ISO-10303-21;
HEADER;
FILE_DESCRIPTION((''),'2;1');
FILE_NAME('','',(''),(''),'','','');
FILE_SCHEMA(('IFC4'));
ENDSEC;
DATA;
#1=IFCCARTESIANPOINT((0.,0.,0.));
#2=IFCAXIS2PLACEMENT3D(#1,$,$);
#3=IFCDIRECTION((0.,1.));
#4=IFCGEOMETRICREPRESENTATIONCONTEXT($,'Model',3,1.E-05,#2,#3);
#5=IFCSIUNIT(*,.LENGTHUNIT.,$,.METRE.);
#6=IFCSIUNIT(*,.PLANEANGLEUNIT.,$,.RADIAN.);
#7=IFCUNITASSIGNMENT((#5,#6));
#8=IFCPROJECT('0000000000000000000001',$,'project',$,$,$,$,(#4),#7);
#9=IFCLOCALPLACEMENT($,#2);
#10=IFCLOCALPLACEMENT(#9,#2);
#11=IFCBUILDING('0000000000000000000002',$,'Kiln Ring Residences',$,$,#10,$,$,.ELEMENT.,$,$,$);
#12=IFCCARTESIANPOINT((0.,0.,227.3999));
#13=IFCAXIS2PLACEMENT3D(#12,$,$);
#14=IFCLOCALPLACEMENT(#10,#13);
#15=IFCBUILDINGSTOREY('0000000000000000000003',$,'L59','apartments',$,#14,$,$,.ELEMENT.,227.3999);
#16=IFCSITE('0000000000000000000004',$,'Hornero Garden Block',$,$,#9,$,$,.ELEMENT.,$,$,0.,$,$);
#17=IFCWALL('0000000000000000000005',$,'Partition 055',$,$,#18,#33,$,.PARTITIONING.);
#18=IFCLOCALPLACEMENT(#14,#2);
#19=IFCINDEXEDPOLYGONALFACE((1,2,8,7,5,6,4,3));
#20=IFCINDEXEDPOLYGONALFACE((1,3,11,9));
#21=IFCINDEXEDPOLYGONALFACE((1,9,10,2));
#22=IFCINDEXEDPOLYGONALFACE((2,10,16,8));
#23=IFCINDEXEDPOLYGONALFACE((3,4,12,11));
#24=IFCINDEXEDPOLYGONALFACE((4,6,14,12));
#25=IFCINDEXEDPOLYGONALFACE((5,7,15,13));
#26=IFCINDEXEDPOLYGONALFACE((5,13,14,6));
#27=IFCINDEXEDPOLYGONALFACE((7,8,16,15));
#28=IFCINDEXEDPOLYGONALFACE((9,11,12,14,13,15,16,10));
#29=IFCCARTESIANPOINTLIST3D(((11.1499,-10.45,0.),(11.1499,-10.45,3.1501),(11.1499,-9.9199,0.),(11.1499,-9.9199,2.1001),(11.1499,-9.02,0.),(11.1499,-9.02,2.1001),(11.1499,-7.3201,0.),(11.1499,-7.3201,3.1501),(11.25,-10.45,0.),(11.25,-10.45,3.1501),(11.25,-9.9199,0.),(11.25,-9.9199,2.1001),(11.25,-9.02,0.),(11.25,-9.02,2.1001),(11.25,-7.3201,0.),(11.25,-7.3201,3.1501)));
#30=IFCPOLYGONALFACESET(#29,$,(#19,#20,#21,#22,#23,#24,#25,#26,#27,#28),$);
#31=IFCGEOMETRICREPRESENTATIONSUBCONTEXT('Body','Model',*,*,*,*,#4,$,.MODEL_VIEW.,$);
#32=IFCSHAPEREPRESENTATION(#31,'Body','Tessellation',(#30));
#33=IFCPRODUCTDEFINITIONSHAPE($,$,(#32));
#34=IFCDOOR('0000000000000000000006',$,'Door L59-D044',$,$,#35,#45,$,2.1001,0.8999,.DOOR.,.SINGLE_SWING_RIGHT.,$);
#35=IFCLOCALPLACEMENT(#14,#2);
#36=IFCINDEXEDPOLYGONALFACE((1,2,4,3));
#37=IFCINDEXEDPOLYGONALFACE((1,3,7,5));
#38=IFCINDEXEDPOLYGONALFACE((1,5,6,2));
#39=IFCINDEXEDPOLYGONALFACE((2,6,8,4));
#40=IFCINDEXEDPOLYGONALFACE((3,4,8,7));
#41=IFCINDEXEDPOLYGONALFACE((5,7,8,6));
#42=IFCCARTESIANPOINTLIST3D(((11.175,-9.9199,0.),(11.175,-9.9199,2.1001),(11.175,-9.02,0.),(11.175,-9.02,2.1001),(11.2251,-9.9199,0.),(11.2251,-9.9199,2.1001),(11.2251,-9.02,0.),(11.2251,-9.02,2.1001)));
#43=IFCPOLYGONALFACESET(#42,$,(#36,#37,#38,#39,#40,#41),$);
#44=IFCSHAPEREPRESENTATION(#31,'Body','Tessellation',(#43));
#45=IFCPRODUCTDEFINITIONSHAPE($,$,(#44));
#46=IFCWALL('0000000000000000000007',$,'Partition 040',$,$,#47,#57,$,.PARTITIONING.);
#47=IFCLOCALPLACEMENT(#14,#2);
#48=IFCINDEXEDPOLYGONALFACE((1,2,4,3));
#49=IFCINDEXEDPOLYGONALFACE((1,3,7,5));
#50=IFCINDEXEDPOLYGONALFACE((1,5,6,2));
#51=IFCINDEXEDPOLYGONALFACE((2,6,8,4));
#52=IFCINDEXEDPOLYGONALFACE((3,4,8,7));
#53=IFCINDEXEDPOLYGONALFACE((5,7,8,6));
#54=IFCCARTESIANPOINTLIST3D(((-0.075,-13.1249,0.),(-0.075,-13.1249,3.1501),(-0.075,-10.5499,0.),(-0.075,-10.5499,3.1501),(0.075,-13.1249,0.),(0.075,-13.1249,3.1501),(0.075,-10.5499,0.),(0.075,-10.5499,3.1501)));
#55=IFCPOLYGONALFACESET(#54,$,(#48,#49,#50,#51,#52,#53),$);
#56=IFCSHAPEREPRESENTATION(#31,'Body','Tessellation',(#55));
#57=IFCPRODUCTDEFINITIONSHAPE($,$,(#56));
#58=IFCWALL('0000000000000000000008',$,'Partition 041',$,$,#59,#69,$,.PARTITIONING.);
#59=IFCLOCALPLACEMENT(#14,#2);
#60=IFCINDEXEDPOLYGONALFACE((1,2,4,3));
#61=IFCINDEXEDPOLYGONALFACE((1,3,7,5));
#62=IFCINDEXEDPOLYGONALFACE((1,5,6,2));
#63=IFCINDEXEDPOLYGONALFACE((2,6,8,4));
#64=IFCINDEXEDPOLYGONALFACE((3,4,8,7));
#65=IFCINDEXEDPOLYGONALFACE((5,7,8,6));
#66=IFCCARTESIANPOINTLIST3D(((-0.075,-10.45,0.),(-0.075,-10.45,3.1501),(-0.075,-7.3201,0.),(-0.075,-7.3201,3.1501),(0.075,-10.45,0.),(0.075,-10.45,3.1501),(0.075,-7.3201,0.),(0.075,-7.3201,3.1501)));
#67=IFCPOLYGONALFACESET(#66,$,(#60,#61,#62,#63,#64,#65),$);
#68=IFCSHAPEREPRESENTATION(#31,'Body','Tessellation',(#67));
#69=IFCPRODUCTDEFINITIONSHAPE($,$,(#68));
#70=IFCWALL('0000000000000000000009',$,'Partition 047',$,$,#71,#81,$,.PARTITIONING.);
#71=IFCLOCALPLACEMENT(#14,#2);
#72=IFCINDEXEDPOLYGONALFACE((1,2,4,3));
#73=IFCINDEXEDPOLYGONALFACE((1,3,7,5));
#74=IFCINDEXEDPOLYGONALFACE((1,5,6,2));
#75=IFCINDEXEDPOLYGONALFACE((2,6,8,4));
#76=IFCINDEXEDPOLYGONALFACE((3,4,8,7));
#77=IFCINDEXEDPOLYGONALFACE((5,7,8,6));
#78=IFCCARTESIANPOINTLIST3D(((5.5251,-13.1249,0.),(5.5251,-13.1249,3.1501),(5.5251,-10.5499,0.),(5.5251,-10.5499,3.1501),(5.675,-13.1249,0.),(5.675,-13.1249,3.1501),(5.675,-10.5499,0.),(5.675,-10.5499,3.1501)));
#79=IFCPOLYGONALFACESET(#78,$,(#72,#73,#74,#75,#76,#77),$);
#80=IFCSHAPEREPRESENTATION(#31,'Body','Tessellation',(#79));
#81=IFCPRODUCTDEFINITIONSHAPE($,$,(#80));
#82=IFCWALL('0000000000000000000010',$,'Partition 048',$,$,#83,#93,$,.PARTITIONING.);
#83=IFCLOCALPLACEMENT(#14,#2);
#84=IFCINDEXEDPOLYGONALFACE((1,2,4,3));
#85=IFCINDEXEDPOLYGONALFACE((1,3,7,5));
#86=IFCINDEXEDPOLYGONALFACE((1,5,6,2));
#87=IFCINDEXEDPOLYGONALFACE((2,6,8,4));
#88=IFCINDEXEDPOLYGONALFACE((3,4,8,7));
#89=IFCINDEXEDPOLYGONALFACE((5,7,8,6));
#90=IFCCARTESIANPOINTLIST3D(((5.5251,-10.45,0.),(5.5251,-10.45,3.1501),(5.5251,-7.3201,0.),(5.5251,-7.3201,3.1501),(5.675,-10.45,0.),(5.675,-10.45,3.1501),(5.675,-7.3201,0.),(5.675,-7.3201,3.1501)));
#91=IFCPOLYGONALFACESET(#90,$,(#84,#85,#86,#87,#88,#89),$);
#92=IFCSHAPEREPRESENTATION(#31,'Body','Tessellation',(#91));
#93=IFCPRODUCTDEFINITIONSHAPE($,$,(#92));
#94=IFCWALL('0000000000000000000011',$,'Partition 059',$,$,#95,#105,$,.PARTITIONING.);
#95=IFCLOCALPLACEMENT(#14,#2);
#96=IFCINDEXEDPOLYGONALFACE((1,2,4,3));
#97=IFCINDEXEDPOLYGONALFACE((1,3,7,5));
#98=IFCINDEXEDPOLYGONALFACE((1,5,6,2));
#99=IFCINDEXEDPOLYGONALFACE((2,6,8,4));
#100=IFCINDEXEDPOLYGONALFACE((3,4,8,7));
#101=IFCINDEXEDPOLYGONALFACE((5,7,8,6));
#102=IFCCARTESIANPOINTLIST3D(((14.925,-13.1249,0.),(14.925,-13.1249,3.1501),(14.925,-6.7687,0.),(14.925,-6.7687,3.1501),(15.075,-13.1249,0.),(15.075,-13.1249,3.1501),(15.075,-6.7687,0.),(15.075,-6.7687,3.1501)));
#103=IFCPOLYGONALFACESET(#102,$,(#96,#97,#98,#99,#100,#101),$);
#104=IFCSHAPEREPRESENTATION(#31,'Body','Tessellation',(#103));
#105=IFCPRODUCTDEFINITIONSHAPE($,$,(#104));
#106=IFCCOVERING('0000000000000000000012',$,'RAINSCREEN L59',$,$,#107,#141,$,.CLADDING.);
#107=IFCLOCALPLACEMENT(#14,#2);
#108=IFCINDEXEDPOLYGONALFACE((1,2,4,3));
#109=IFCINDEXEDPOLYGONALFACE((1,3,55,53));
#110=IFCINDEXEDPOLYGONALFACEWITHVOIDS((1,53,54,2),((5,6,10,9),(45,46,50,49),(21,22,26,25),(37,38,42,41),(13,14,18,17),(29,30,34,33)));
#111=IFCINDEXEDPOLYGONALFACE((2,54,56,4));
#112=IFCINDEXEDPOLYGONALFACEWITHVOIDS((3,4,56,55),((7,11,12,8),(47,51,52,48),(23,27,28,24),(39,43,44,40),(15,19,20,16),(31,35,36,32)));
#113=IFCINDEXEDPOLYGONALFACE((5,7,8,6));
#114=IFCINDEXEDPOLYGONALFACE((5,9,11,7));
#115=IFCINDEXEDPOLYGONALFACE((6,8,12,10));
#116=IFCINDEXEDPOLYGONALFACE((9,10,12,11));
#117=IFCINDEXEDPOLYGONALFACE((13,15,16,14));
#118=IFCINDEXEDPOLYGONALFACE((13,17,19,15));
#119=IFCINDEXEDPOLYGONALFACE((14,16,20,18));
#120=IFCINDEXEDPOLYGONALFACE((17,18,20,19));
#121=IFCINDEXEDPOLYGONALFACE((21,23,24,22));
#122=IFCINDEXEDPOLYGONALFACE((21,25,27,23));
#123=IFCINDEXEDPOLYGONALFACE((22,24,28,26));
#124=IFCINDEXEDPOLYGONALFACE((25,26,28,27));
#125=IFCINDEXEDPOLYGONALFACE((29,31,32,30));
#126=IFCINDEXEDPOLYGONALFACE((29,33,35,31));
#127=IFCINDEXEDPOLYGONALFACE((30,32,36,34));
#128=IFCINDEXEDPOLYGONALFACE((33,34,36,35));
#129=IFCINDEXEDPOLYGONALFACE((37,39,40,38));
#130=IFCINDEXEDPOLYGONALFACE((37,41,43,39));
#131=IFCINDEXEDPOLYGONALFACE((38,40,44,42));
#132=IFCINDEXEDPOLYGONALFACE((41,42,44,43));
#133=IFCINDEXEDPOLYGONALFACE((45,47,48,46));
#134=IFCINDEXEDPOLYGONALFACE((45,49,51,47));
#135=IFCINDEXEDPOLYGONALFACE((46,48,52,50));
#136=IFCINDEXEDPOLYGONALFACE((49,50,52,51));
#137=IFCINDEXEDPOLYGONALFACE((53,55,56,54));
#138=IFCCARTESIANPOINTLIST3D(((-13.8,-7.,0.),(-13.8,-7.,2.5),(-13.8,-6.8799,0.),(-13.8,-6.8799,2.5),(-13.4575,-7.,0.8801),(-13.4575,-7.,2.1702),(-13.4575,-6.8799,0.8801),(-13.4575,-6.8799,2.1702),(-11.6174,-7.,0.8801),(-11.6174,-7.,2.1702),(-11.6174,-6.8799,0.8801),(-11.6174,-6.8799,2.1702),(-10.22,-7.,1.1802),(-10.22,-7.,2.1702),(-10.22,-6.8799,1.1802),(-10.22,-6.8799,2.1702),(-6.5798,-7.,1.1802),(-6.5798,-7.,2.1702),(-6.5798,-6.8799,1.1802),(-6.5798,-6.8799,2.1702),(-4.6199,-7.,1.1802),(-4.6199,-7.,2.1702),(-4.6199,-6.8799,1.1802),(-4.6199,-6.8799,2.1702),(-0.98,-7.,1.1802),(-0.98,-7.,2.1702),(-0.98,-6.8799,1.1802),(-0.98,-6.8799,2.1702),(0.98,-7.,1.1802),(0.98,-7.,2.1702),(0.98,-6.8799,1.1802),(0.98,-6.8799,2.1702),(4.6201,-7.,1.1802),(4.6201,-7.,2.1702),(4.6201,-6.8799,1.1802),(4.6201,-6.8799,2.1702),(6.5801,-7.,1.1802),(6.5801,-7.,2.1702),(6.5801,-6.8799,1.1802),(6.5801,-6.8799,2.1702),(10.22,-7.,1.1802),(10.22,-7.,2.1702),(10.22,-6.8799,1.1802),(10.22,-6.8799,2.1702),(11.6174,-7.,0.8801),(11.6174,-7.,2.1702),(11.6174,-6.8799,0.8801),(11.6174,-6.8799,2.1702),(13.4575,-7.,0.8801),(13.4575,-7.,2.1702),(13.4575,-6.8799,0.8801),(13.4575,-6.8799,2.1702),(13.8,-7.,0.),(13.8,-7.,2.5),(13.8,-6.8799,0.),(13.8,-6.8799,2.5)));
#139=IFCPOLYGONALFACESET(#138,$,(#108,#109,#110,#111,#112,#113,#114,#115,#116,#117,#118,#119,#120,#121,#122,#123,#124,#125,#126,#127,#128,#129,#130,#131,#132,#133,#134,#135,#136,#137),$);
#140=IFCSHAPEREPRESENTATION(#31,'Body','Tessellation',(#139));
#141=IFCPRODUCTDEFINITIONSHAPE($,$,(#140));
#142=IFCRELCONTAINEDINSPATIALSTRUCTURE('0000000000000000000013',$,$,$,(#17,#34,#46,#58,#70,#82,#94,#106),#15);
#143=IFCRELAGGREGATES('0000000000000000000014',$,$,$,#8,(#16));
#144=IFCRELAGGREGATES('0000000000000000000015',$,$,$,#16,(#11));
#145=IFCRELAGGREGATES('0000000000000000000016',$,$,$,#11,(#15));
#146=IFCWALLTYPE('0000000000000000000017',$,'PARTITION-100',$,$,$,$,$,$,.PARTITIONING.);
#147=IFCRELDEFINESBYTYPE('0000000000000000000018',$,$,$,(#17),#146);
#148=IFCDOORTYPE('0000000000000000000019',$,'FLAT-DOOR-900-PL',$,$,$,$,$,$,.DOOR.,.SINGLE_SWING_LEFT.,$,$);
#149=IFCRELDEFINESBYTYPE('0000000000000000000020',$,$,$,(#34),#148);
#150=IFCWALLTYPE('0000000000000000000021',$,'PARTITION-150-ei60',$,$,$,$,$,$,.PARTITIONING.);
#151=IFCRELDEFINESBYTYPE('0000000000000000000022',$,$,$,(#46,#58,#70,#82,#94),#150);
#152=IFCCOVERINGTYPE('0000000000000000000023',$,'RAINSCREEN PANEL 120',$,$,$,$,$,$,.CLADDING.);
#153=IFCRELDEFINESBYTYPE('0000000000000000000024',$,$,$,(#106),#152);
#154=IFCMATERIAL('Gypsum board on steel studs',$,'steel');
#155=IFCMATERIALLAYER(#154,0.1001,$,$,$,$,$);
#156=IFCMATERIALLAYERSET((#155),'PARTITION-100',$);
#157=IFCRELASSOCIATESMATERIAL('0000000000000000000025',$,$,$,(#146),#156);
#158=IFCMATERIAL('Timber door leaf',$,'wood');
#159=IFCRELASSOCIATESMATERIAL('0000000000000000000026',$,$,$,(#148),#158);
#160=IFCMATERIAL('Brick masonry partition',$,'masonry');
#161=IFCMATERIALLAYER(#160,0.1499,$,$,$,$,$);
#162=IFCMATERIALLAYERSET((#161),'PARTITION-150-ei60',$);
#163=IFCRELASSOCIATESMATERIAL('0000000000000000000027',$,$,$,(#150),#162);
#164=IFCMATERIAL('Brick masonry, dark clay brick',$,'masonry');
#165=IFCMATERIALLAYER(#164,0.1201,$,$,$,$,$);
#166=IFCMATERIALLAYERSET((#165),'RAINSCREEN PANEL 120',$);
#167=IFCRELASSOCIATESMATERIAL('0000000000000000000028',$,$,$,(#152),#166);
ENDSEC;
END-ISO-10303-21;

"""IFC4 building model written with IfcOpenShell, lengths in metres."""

from ifc_helpers import new_model, si_unit, direction, frame, frame_2d, origin, place, context, subcontext, project, spatial, polyline, rectangle, outline, extrude, material, layer, layer_set, type_object, element, fill, save


model = new_model("IFC4")

# Units and contexts
model_context = context("Model", 3, precision=1e-05, world=origin(), true_north=direction((0.0, 1.0)))
body_context = subcontext(model_context, "Body", "Model", "MODEL_VIEW")
ifc_project = project(units=[si_unit("LENGTHUNIT", "METRE"), si_unit("PLANEANGLEUNIT", "RADIAN")], contexts=[model_context])

# Site, building, storey
site_placement = place(None, origin())
site = spatial("IfcSite", under=ifc_project, at=site_placement, Name="Hornero Garden Block", CompositionType="ELEMENT", RefElevation=0.0)
building_placement = place(site_placement, origin())
building = spatial("IfcBuilding", under=site, at=building_placement, Name="Kiln Ring Residences", CompositionType="ELEMENT")
storey_placement = place(building_placement, frame((0.0, 0.0, 227.3999)))
storey = spatial("IfcBuildingStorey", under=building, at=storey_placement, Name="L59", Description="apartments", CompositionType="ELEMENT", Elevation=227.3999)

# Shared definitions
ifc_material_1 = material(Name="Gypsum board on steel studs", Category="steel")
ifc_layer_1 = layer(ifc_material_1, 0.1001)
ifc_layer_set_1 = layer_set([ifc_layer_1], Name="PARTITION-100")
wall_type_1 = type_object("IfcWallType", Name="PARTITION-100", PredefinedType="PARTITIONING", material=ifc_layer_set_1)

# Wall, opening, door
wall_1_placement = place(storey_placement, frame((11.2, -10.45, 0.0), z_axis=(0.0, 0.0, 1.0), x_axis=(0.0, 1.0, 0.0)))
wall_1 = element("IfcWall", 1, at=wall_1_placement, inside=storey, type_object=wall_type_1, Name="Partition 055", PredefinedType="PARTITIONING", context=body_context, shape_type="SweptSolid", body=[
    extrude(rectangle(XDim=3.1299, YDim=0.1001, at=frame_2d((1.5649, 0.0))), origin(), (0.0, 0.0, 1.0), 3.1501),
])
opening_1_placement = place(wall_1_placement, frame((0.53, 0.0, 0.0)))
opening_1 = element("IfcOpeningElement", 2, at=opening_1_placement, cuts=wall_1, PredefinedType="OPENING", context=body_context, shape_type="SweptSolid", body=[
    extrude(rectangle(XDim=0.8999, YDim=2.1001, at=frame_2d((0.45, 1.05))), frame((0.0, 0.0601, 0.0), z_axis=(0.0, -1.0, 0.0), x_axis=(1.0, 0.0, 0.0)), (0.0, 0.0, 1.0), 0.1201),
])
ifc_material_2 = material(Name="Timber door leaf", Category="wood")
door_type = type_object("IfcDoorType", Name="FLAT-DOOR-900-PL", OperationType="SINGLE_SWING_LEFT", PredefinedType="DOOR", material=ifc_material_2)
door_placement = place(opening_1_placement, origin())
door = element("IfcDoor", 3, at=door_placement, inside=storey, type_object=door_type, Name="Door L59-D044", OperationType="SINGLE_SWING_RIGHT", OverallHeight=2.1001, OverallWidth=0.8999, PredefinedType="DOOR", context=body_context, shape_type="SweptSolid", body=[
    extrude(rectangle(XDim=0.8999, YDim=2.1001, at=frame_2d((0.45, 1.05))), frame((0.0, 0.0249, 0.0), z_axis=(0.0, -1.0, 0.0), x_axis=(1.0, 0.0, 0.0)), (0.0, 0.0, 1.0), 0.05),
])
fill(opening_1, door)

# Walls
ifc_material_3 = material(Name="Brick masonry partition", Category="masonry")
ifc_layer_2 = layer(ifc_material_3, 0.1499)
ifc_layer_set_2 = layer_set([ifc_layer_2], Name="PARTITION-150-ei60")
wall_type_2 = type_object("IfcWallType", Name="PARTITION-150-ei60", PredefinedType="PARTITIONING", material=ifc_layer_set_2)
wall_2_placement = place(storey_placement, frame((0.0, -13.125, 0.0), z_axis=(0.0, 0.0, 1.0), x_axis=(0.0, 1.0, 0.0)))
element("IfcWall", 4, at=wall_2_placement, inside=storey, type_object=wall_type_2, Name="Partition 040", PredefinedType="PARTITIONING", context=body_context, shape_type="SweptSolid", body=[
    extrude(rectangle(XDim=2.575, YDim=0.1499, at=frame_2d((1.2876, 0.0))), origin(), (0.0, 0.0, 1.0), 3.1501),
])
wall_3_placement = place(storey_placement, frame((0.0, -10.45, 0.0), z_axis=(0.0, 0.0, 1.0), x_axis=(0.0, 1.0, 0.0)))
element("IfcWall", 5, at=wall_3_placement, inside=storey, type_object=wall_type_2, Name="Partition 041", PredefinedType="PARTITIONING", context=body_context, shape_type="SweptSolid", body=[
    extrude(rectangle(XDim=3.1299, YDim=0.1499, at=frame_2d((1.5649, 0.0))), origin(), (0.0, 0.0, 1.0), 3.1501),
])
wall_4_placement = place(storey_placement, frame((5.6001, -13.125, 0.0), z_axis=(0.0, 0.0, 1.0), x_axis=(0.0, 1.0, 0.0)))
element("IfcWall", 6, at=wall_4_placement, inside=storey, type_object=wall_type_2, Name="Partition 047", PredefinedType="PARTITIONING", context=body_context, shape_type="SweptSolid", body=[
    extrude(rectangle(XDim=2.575, YDim=0.1499, at=frame_2d((1.2876, 0.0))), origin(), (0.0, 0.0, 1.0), 3.1501),
])
wall_5_placement = place(storey_placement, frame((5.6001, -10.45, 0.0), z_axis=(0.0, 0.0, 1.0), x_axis=(0.0, 1.0, 0.0)))
element("IfcWall", 7, at=wall_5_placement, inside=storey, type_object=wall_type_2, Name="Partition 048", PredefinedType="PARTITIONING", context=body_context, shape_type="SweptSolid", body=[
    extrude(rectangle(XDim=3.1299, YDim=0.1499, at=frame_2d((1.5649, 0.0))), origin(), (0.0, 0.0, 1.0), 3.1501),
])
wall_6_placement = place(storey_placement, frame((15.0, -13.125, 0.0), z_axis=(0.0, 0.0, 1.0), x_axis=(0.0, 1.0, 0.0)))
element("IfcWall", 8, at=wall_6_placement, inside=storey, type_object=wall_type_2, Name="Partition 059", PredefinedType="PARTITIONING", context=body_context, shape_type="SweptSolid", body=[
    extrude(rectangle(XDim=6.3562, YDim=0.1499, at=frame_2d((3.1782, 0.0))), origin(), (0.0, 0.0, 1.0), 3.1501),
])

# Covering
ifc_material_4 = material(Name="Brick masonry, dark clay brick", Category="masonry")
ifc_layer_3 = layer(ifc_material_4, 0.1201)
ifc_layer_set_3 = layer_set([ifc_layer_3], Name="RAINSCREEN PANEL 120")
covering_type_1 = type_object("IfcCoveringType", Name="RAINSCREEN PANEL 120", PredefinedType="CLADDING", material=ifc_layer_set_3)
covering_1_placement = place(storey_placement, frame((13.8, -6.9399, 0.0), z_axis=(0.0, 0.0, 1.0), x_axis=(-1.0, 0.0, 0.0)))
element("IfcCovering", 9, at=covering_1_placement, inside=storey, type_object=covering_type_1, Name="RAINSCREEN L59", PredefinedType="CLADDING", context=body_context, shape_type="SweptSolid", body=[
    extrude(outline(polyline([(0.0, 0.0), (27.6001, 0.0), (27.6001, 2.5), (0.0, 2.5), (0.0, 0.0)]), holes=[polyline([(2.1826, 0.8801), (2.1826, 2.1702), (0.3425, 2.1702), (0.3425, 0.8801), (2.1826, 0.8801)]), polyline([(25.4175, 0.8801), (27.2576, 0.8801), (27.2576, 2.1702), (25.4175, 2.1702), (25.4175, 0.8801)]), polyline([(3.5801, 1.1802), (7.22, 1.1802), (7.22, 2.1702), (3.5801, 2.1702), (3.5801, 1.1802)]), polyline([(12.8201, 1.1802), (12.8201, 2.1702), (9.1799, 2.1702), (9.1799, 1.1802), (12.8201, 1.1802)]), polyline([(14.78, 1.1802), (18.4199, 1.1802), (18.4199, 2.1702), (14.78, 2.1702), (14.78, 1.1802)]), polyline([(20.3799, 1.1802), (24.02, 1.1802), (24.02, 2.1702), (20.3799, 2.1702), (20.3799, 1.1802)])]), frame((0.0, 0.0601, 0.0), z_axis=(0.0, -1.0, 0.0), x_axis=(1.0, 0.0, 0.0)), (0.0, 0.0, 1.0), 0.1201),
])

save(model, "model.ifc")
